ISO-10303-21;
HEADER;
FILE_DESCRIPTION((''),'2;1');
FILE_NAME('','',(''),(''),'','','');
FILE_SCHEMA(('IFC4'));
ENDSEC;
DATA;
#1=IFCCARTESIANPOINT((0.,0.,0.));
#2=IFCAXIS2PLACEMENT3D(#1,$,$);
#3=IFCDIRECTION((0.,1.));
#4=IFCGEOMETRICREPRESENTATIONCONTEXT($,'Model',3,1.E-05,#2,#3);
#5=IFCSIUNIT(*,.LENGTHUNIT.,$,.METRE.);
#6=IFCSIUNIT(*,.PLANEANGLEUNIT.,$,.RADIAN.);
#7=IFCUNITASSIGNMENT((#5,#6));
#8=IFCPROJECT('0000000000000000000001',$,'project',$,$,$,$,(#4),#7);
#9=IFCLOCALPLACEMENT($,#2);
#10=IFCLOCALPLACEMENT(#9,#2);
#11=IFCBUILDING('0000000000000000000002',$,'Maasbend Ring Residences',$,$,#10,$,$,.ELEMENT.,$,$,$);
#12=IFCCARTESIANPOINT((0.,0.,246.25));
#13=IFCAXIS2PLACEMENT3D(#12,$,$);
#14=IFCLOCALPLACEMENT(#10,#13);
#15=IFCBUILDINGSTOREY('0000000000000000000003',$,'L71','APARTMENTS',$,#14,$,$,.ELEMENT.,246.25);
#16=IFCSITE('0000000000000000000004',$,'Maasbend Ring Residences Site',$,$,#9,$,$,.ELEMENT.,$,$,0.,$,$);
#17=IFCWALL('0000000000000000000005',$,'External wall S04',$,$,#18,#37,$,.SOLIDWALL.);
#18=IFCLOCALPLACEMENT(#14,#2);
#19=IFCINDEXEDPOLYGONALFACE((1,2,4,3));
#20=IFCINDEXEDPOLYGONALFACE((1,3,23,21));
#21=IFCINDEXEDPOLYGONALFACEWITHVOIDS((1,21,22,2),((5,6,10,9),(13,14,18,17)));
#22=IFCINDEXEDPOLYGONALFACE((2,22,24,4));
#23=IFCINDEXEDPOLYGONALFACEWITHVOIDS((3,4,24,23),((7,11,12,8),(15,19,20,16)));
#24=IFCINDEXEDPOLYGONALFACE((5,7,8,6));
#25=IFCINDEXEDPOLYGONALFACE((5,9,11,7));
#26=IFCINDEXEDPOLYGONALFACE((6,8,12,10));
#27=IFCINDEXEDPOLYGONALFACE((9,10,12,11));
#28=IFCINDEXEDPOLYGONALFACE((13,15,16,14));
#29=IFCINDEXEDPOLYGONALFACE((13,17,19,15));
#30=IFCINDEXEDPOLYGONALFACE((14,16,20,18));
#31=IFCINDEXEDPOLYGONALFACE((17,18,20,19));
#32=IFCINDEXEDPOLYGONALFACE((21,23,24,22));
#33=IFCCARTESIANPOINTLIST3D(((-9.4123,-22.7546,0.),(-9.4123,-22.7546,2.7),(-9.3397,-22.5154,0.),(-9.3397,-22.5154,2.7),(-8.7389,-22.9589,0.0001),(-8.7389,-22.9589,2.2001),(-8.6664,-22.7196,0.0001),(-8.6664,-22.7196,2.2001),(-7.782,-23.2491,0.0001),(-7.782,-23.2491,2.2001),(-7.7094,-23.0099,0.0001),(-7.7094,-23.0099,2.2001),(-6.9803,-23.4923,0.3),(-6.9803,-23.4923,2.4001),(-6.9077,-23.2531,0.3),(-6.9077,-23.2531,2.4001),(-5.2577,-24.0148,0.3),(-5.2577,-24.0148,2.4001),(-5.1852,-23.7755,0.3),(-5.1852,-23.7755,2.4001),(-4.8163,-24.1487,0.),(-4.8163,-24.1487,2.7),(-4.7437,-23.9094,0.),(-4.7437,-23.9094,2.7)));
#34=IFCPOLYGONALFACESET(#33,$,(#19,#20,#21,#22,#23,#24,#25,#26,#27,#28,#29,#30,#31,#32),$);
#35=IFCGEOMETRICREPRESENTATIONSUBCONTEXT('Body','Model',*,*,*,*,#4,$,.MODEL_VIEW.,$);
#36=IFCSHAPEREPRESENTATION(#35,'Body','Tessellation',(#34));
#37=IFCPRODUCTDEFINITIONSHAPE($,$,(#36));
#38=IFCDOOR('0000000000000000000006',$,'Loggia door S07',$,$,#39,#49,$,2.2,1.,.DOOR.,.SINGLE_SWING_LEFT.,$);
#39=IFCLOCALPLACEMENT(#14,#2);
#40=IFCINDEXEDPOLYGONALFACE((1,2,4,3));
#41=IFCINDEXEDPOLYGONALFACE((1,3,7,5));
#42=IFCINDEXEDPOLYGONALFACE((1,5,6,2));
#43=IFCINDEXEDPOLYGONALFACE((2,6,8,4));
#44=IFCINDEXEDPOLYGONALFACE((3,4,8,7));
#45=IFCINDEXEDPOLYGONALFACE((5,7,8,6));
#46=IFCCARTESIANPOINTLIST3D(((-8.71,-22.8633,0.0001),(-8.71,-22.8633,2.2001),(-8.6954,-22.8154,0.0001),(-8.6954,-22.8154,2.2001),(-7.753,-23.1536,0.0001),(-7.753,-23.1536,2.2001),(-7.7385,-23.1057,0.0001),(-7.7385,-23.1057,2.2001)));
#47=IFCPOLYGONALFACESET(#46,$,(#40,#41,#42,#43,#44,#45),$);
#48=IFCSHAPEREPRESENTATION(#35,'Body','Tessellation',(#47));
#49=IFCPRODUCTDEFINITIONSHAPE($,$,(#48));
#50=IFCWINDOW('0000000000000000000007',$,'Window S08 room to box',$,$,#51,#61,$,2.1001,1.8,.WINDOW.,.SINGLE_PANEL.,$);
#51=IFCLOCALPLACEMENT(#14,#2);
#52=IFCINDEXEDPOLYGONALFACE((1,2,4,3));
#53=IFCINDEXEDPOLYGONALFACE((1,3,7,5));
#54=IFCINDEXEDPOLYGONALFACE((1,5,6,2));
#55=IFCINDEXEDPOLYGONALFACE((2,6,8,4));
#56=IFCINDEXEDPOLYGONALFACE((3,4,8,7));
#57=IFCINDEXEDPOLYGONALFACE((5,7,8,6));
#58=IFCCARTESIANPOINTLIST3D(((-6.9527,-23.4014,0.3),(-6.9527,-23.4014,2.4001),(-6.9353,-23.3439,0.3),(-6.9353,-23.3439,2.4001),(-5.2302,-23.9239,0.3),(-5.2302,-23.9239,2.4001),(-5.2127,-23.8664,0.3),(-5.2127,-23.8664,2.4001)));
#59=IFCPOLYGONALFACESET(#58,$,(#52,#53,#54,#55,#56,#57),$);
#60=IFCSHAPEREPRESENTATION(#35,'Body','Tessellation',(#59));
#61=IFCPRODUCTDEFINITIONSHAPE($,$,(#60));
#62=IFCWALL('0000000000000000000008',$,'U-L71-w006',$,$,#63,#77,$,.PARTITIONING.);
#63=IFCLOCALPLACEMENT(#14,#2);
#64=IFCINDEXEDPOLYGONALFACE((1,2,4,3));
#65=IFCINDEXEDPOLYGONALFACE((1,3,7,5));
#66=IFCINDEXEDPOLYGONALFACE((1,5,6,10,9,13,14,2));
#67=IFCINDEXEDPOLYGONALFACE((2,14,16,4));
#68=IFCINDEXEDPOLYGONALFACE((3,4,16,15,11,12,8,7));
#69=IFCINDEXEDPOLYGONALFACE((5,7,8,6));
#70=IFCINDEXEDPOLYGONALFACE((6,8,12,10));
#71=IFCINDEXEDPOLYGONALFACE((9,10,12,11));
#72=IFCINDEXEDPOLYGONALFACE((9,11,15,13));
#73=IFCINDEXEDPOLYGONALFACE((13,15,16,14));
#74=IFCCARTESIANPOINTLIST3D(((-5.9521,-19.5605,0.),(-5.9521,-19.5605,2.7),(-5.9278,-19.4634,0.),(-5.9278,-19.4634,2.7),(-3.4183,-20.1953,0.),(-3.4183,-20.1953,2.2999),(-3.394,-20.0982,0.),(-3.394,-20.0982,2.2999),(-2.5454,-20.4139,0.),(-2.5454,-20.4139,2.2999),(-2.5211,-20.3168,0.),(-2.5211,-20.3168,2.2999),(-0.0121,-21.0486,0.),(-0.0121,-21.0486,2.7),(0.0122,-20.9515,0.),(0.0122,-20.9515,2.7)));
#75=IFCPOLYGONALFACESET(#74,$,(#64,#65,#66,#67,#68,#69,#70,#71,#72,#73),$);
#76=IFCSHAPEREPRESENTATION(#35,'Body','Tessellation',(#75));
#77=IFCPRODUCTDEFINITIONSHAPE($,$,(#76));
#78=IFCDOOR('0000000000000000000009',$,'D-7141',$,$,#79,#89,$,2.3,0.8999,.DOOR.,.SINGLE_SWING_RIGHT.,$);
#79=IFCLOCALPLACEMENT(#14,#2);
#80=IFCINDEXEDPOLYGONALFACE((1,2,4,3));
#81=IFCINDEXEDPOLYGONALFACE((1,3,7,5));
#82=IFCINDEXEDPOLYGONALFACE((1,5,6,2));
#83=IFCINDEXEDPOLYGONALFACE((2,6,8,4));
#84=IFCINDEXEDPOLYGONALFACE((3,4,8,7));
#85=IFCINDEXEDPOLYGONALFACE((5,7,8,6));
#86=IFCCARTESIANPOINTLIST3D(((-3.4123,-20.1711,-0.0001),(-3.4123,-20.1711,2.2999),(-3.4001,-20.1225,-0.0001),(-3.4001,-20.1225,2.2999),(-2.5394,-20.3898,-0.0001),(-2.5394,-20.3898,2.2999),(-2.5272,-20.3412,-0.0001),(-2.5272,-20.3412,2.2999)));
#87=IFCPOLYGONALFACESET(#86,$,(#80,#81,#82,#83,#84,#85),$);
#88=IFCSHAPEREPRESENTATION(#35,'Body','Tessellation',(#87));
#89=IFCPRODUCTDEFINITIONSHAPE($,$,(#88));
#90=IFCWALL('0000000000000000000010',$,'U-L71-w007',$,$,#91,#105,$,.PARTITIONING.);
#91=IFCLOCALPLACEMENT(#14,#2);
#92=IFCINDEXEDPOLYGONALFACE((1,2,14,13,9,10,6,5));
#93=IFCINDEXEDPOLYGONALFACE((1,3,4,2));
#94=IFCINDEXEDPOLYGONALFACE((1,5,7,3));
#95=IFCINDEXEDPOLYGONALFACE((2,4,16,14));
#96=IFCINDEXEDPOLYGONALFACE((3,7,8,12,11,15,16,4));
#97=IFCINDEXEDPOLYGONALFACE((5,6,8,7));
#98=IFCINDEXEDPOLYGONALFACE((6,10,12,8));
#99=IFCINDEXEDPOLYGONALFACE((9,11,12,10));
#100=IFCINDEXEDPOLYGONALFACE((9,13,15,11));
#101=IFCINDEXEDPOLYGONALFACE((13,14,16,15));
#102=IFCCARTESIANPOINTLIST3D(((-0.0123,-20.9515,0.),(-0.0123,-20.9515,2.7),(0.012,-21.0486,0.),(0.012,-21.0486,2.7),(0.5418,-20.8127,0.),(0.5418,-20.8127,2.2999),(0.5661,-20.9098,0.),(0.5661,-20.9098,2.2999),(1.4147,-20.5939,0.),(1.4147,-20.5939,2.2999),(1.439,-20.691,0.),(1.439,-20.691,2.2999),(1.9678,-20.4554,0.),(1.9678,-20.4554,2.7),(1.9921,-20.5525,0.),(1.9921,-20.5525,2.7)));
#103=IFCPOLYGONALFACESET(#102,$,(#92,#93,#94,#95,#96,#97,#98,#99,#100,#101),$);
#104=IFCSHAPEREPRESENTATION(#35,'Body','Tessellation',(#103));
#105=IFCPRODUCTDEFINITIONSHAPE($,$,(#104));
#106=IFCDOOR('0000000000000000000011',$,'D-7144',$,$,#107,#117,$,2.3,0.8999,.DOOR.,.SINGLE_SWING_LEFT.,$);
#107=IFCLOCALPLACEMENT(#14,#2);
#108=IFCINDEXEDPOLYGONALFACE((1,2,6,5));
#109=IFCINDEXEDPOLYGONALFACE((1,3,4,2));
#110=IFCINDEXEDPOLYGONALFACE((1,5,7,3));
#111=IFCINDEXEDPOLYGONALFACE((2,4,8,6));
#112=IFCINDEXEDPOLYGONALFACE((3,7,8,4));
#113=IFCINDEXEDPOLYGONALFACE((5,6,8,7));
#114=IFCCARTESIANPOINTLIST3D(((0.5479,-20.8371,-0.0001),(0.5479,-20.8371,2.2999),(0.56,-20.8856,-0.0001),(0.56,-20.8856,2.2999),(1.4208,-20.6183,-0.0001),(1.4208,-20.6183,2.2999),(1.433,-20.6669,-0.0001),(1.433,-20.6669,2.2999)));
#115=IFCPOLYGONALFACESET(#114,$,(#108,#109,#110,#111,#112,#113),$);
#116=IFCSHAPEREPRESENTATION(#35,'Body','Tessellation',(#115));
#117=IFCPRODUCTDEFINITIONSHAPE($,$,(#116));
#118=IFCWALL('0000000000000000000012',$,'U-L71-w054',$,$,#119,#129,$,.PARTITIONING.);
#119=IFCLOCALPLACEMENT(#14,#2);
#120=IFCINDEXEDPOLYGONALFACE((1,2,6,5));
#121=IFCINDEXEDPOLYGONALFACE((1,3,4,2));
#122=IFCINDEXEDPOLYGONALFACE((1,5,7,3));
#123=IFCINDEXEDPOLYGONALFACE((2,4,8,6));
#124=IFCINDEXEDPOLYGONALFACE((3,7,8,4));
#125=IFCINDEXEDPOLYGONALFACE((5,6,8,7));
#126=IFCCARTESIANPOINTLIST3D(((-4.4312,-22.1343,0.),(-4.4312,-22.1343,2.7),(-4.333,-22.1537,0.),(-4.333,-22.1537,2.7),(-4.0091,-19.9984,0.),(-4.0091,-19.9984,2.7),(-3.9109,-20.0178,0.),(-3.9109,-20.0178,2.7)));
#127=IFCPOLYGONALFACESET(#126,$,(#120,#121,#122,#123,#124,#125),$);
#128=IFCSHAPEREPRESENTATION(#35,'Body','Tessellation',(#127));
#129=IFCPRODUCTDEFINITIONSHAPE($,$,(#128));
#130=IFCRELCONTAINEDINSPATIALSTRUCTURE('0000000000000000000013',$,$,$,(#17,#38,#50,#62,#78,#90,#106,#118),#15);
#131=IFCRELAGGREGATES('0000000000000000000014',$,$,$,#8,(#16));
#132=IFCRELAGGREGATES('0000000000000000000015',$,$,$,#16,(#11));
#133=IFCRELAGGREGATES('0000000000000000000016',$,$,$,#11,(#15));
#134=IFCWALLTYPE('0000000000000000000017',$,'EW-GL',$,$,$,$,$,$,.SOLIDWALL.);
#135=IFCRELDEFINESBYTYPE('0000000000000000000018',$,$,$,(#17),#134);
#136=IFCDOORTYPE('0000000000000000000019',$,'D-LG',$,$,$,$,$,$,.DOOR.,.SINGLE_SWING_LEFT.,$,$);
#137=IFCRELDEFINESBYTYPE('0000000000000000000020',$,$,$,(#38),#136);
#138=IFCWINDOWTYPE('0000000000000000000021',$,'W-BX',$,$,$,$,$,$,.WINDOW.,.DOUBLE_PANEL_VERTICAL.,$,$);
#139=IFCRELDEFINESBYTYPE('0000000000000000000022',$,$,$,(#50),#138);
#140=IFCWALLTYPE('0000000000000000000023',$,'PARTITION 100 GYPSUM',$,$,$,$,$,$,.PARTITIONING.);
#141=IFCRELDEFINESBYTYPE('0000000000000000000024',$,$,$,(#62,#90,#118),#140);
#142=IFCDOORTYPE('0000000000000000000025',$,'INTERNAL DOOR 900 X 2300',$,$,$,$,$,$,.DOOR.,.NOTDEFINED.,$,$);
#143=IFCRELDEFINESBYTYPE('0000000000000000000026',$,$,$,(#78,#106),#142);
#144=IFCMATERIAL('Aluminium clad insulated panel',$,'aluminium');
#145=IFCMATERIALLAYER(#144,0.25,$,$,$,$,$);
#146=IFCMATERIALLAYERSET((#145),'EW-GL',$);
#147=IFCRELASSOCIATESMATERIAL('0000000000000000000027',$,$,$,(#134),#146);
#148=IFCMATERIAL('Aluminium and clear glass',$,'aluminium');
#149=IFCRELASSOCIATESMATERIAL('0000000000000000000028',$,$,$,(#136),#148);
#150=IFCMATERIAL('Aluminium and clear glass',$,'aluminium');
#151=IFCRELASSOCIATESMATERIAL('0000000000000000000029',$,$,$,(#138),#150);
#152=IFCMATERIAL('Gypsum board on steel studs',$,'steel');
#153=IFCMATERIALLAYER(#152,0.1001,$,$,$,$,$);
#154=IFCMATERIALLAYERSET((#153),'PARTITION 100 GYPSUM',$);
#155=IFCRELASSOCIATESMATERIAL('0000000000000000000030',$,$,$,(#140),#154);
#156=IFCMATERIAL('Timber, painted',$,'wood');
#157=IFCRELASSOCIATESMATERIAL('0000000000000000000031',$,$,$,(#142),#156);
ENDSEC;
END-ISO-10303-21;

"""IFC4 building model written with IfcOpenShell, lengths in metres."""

from ifc_helpers import new_model, si_unit, direction, frame, frame_2d, origin, place, context, subcontext, project, spatial, rectangle, extrude, material, layer, layer_set, type_object, element, fill, save


model = new_model("IFC4")

# Units and contexts
model_context = context("Model", 3, precision=1e-05, world=origin(), true_north=direction((0.0, 1.0)))
body_context = subcontext(model_context, "Body", "Model", "MODEL_VIEW")
ifc_project = project(units=[si_unit("LENGTHUNIT", "METRE"), si_unit("PLANEANGLEUNIT", "RADIAN")], contexts=[model_context])

# Site, building, storey
site_placement = place(None, origin())
site = spatial("IfcSite", under=ifc_project, at=site_placement, Name="Maasbend Ring Residences Site", CompositionType="ELEMENT", RefElevation=0.0)
building_placement = place(site_placement, origin())
building = spatial("IfcBuilding", under=site, at=building_placement, Name="Maasbend Ring Residences", CompositionType="ELEMENT")
storey_placement = place(building_placement, frame((0.0, 0.0, 246.25)))
storey = spatial("IfcBuildingStorey", under=building, at=storey_placement, Name="L71", Description="APARTMENTS", CompositionType="ELEMENT", Elevation=246.25)

# Wall, openings, door, window
ifc_material_1 = material(Name="Aluminium clad insulated panel", Category="aluminium")
ifc_layer_1 = layer(ifc_material_1, 0.25)
ifc_layer_set_1 = layer_set([ifc_layer_1], Name="EW-GL")
wall_type_1 = type_object("IfcWallType", Name="EW-GL", PredefinedType="SOLIDWALL", material=ifc_layer_set_1)
wall_1_placement = place(storey_placement, frame((-9.376, -22.635, 0.0), z_axis=(0.0, 0.0, 1.0), x_axis=(0.956947, -0.290261, 0.0)))
wall_1 = element("IfcWall", 1, at=wall_1_placement, inside=storey, type_object=wall_type_1, Name="External wall S04", PredefinedType="SOLIDWALL", context=body_context, shape_type="SweptSolid", body=[
    extrude(rectangle(XDim=4.8027, YDim=0.25, at=frame_2d((2.4014, 0.0))), origin(), (0.0, 0.0, 1.0), 2.7),
])
opening_1_placement = place(wall_1_placement, frame((0.7036, 0.0, 0.0)))
opening_1 = element("IfcOpeningElement", 2, at=opening_1_placement, cuts=wall_1, PredefinedType="OPENING", context=body_context, shape_type="SweptSolid", body=[
    extrude(rectangle(XDim=1.0, YDim=2.2, at=frame_2d((0.5, 1.1001))), frame((0.0, 0.135, 0.0), z_axis=(0.0, -1.0, 0.0), x_axis=(1.0, 0.0, 0.0)), (0.0, 0.0, 1.0), 0.27),
])
opening_2_placement = place(wall_1_placement, frame((2.5415, 0.0, 0.3)))
opening_2 = element("IfcOpeningElement", 3, at=opening_2_placement, cuts=wall_1, PredefinedType="OPENING", context=body_context, shape_type="SweptSolid", body=[
    extrude(rectangle(XDim=1.8, YDim=2.1001, at=frame_2d((0.8999, 1.05))), frame((0.0, 0.135, 0.0), z_axis=(0.0, -1.0, 0.0), x_axis=(1.0, 0.0, 0.0)), (0.0, 0.0, 1.0), 0.27),
])
ifc_material_2 = material(Name="Aluminium and clear glass", Category="aluminium")
door_type_1 = type_object("IfcDoorType", Name="D-LG", OperationType="SINGLE_SWING_LEFT", PredefinedType="DOOR", material=ifc_material_2)
door_1_placement = place(opening_1_placement, origin())
door_1 = element("IfcDoor", 4, at=door_1_placement, inside=storey, type_object=door_type_1, Name="Loggia door S07", OperationType="SINGLE_SWING_LEFT", OverallHeight=2.2, OverallWidth=1.0, PredefinedType="DOOR", context=body_context, shape_type="SweptSolid", body=[
    extrude(rectangle(XDim=1.0, YDim=2.2, at=frame_2d((0.5, 1.1001))), frame((0.0, 0.0249, 0.0), z_axis=(0.0, -1.0, 0.0), x_axis=(1.0, 0.0, 0.0)), (0.0, 0.0, 1.0), 0.05),
])
fill(opening_1, door_1)
ifc_material_3 = material(Name="Aluminium and clear glass", Category="aluminium")
window_type = type_object("IfcWindowType", Name="W-BX", PartitioningType="DOUBLE_PANEL_VERTICAL", PredefinedType="WINDOW", material=ifc_material_3)
window_placement = place(opening_2_placement, origin())
window = element("IfcWindow", 5, at=window_placement, inside=storey, type_object=window_type, Name="Window S08 room to box", OverallHeight=2.1001, OverallWidth=1.8, PartitioningType="SINGLE_PANEL", PredefinedType="WINDOW", context=body_context, shape_type="SweptSolid", body=[
    extrude(rectangle(XDim=1.8, YDim=2.1001, at=frame_2d((0.8999, 1.05))), frame((0.0, 0.03, 0.0), z_axis=(0.0, -1.0, 0.0), x_axis=(1.0, 0.0, 0.0)), (0.0, 0.0, 1.0), 0.0601),
])
fill(opening_2, window)

# Walls, openings, doors
ifc_material_4 = material(Name="Gypsum board on steel studs", Category="steel")
ifc_layer_2 = layer(ifc_material_4, 0.1001)
ifc_layer_set_2 = layer_set([ifc_layer_2], Name="PARTITION 100 GYPSUM")
wall_type_2 = type_object("IfcWallType", Name="PARTITION 100 GYPSUM", PredefinedType="PARTITIONING", material=ifc_layer_set_2)
wall_2_placement = place(storey_placement, frame((-5.9399, -19.512, 0.0), z_axis=(0.0, 0.0, 1.0), x_axis=(0.970025, -0.243005, 0.0)))
wall_2 = element("IfcWall", 6, at=wall_2_placement, inside=storey, type_object=wall_type_2, Name="U-L71-w006", PredefinedType="PARTITIONING", context=body_context, shape_type="SweptSolid", body=[
    extrude(rectangle(XDim=6.1235, YDim=0.1001, at=frame_2d((3.0618, 0.0))), origin(), (0.0, 0.0, 1.0), 2.7),
])
opening_3_placement = place(wall_2_placement, frame((2.6121, 0.0, 0.0)))
opening_3 = element("IfcOpeningElement", 7, at=opening_3_placement, cuts=wall_2, PredefinedType="OPENING", context=body_context, shape_type="SweptSolid", body=[
    extrude(rectangle(XDim=0.8999, YDim=2.3, at=frame_2d((0.45, 1.1499))), frame((0.0, 0.0601, 0.0), z_axis=(0.0, -1.0, 0.0), x_axis=(1.0, 0.0, 0.0)), (0.0, 0.0, 1.0), 0.1201),
])
ifc_material_5 = material(Name="Timber, painted", Category="wood")
door_type_2 = type_object("IfcDoorType", Name="INTERNAL DOOR 900 X 2300", OperationType="NOTDEFINED", PredefinedType="DOOR", material=ifc_material_5)
door_2_placement = place(opening_3_placement, origin())
door_2 = element("IfcDoor", 8, at=door_2_placement, inside=storey, type_object=door_type_2, Name="D-7141", OperationType="SINGLE_SWING_RIGHT", OverallHeight=2.3, OverallWidth=0.8999, PredefinedType="DOOR", context=body_context, shape_type="SweptSolid", body=[
    extrude(rectangle(XDim=0.8999, YDim=2.3, at=frame_2d((0.45, 1.1499))), frame((0.0, 0.0249, 0.0), z_axis=(0.0, -1.0, 0.0), x_axis=(1.0, 0.0, 0.0)), (0.0, 0.0, 1.0), 0.05),
])
fill(opening_3, door_2)
wall_3_placement = place(storey_placement, frame((0.0, -21.0, 0.0), z_axis=(0.0, 0.0, 1.0), x_axis=(0.970016, 0.243042, 0.0)))
wall_3 = element("IfcWall", 9, at=wall_3_placement, inside=storey, type_object=wall_type_2, Name="U-L71-w007", PredefinedType="PARTITIONING", context=body_context, shape_type="SweptSolid", body=[
    extrude(rectangle(XDim=2.0413, YDim=0.1001, at=frame_2d((1.0205, 0.0))), origin(), (0.0, 0.0, 1.0), 2.7),
])
opening_4_placement = place(wall_3_placement, frame((0.571, 0.0, 0.0)))
opening_4 = element("IfcOpeningElement", 10, at=opening_4_placement, cuts=wall_3, PredefinedType="OPENING", context=body_context, shape_type="SweptSolid", body=[
    extrude(rectangle(XDim=0.8999, YDim=2.3, at=frame_2d((0.45, 1.1499))), frame((0.0, 0.0601, 0.0), z_axis=(0.0, -1.0, 0.0), x_axis=(1.0, 0.0, 0.0)), (0.0, 0.0, 1.0), 0.1201),
])
door_3_placement = place(opening_4_placement, origin())
door_3 = element("IfcDoor", 11, at=door_3_placement, inside=storey, type_object=door_type_2, Name="D-7144", OperationType="SINGLE_SWING_LEFT", OverallHeight=2.3, OverallWidth=0.8999, PredefinedType="DOOR", context=body_context, shape_type="SweptSolid", body=[
    extrude(rectangle(XDim=0.8999, YDim=2.3, at=frame_2d((0.45, 1.1499))), frame((0.0, 0.0249, 0.0), z_axis=(0.0, -1.0, 0.0), x_axis=(1.0, 0.0, 0.0)), (0.0, 0.0, 1.0), 0.05),
])
fill(opening_4, door_3)

# Wall
wall_4_placement = place(storey_placement, frame((-4.3821, -22.144, 0.0), z_axis=(0.0, 0.0, 1.0), x_axis=(0.193873, 0.981027, 0.0)))
element("IfcWall", 12, at=wall_4_placement, inside=storey, type_object=wall_type_2, Name="U-L71-w054", PredefinedType="PARTITIONING", context=body_context, shape_type="SweptSolid", body=[
    extrude(rectangle(XDim=2.1772, YDim=0.1001, at=frame_2d((1.0886, 0.0))), origin(), (0.0, 0.0, 1.0), 2.7),
])

save(model, "model.ifc")
